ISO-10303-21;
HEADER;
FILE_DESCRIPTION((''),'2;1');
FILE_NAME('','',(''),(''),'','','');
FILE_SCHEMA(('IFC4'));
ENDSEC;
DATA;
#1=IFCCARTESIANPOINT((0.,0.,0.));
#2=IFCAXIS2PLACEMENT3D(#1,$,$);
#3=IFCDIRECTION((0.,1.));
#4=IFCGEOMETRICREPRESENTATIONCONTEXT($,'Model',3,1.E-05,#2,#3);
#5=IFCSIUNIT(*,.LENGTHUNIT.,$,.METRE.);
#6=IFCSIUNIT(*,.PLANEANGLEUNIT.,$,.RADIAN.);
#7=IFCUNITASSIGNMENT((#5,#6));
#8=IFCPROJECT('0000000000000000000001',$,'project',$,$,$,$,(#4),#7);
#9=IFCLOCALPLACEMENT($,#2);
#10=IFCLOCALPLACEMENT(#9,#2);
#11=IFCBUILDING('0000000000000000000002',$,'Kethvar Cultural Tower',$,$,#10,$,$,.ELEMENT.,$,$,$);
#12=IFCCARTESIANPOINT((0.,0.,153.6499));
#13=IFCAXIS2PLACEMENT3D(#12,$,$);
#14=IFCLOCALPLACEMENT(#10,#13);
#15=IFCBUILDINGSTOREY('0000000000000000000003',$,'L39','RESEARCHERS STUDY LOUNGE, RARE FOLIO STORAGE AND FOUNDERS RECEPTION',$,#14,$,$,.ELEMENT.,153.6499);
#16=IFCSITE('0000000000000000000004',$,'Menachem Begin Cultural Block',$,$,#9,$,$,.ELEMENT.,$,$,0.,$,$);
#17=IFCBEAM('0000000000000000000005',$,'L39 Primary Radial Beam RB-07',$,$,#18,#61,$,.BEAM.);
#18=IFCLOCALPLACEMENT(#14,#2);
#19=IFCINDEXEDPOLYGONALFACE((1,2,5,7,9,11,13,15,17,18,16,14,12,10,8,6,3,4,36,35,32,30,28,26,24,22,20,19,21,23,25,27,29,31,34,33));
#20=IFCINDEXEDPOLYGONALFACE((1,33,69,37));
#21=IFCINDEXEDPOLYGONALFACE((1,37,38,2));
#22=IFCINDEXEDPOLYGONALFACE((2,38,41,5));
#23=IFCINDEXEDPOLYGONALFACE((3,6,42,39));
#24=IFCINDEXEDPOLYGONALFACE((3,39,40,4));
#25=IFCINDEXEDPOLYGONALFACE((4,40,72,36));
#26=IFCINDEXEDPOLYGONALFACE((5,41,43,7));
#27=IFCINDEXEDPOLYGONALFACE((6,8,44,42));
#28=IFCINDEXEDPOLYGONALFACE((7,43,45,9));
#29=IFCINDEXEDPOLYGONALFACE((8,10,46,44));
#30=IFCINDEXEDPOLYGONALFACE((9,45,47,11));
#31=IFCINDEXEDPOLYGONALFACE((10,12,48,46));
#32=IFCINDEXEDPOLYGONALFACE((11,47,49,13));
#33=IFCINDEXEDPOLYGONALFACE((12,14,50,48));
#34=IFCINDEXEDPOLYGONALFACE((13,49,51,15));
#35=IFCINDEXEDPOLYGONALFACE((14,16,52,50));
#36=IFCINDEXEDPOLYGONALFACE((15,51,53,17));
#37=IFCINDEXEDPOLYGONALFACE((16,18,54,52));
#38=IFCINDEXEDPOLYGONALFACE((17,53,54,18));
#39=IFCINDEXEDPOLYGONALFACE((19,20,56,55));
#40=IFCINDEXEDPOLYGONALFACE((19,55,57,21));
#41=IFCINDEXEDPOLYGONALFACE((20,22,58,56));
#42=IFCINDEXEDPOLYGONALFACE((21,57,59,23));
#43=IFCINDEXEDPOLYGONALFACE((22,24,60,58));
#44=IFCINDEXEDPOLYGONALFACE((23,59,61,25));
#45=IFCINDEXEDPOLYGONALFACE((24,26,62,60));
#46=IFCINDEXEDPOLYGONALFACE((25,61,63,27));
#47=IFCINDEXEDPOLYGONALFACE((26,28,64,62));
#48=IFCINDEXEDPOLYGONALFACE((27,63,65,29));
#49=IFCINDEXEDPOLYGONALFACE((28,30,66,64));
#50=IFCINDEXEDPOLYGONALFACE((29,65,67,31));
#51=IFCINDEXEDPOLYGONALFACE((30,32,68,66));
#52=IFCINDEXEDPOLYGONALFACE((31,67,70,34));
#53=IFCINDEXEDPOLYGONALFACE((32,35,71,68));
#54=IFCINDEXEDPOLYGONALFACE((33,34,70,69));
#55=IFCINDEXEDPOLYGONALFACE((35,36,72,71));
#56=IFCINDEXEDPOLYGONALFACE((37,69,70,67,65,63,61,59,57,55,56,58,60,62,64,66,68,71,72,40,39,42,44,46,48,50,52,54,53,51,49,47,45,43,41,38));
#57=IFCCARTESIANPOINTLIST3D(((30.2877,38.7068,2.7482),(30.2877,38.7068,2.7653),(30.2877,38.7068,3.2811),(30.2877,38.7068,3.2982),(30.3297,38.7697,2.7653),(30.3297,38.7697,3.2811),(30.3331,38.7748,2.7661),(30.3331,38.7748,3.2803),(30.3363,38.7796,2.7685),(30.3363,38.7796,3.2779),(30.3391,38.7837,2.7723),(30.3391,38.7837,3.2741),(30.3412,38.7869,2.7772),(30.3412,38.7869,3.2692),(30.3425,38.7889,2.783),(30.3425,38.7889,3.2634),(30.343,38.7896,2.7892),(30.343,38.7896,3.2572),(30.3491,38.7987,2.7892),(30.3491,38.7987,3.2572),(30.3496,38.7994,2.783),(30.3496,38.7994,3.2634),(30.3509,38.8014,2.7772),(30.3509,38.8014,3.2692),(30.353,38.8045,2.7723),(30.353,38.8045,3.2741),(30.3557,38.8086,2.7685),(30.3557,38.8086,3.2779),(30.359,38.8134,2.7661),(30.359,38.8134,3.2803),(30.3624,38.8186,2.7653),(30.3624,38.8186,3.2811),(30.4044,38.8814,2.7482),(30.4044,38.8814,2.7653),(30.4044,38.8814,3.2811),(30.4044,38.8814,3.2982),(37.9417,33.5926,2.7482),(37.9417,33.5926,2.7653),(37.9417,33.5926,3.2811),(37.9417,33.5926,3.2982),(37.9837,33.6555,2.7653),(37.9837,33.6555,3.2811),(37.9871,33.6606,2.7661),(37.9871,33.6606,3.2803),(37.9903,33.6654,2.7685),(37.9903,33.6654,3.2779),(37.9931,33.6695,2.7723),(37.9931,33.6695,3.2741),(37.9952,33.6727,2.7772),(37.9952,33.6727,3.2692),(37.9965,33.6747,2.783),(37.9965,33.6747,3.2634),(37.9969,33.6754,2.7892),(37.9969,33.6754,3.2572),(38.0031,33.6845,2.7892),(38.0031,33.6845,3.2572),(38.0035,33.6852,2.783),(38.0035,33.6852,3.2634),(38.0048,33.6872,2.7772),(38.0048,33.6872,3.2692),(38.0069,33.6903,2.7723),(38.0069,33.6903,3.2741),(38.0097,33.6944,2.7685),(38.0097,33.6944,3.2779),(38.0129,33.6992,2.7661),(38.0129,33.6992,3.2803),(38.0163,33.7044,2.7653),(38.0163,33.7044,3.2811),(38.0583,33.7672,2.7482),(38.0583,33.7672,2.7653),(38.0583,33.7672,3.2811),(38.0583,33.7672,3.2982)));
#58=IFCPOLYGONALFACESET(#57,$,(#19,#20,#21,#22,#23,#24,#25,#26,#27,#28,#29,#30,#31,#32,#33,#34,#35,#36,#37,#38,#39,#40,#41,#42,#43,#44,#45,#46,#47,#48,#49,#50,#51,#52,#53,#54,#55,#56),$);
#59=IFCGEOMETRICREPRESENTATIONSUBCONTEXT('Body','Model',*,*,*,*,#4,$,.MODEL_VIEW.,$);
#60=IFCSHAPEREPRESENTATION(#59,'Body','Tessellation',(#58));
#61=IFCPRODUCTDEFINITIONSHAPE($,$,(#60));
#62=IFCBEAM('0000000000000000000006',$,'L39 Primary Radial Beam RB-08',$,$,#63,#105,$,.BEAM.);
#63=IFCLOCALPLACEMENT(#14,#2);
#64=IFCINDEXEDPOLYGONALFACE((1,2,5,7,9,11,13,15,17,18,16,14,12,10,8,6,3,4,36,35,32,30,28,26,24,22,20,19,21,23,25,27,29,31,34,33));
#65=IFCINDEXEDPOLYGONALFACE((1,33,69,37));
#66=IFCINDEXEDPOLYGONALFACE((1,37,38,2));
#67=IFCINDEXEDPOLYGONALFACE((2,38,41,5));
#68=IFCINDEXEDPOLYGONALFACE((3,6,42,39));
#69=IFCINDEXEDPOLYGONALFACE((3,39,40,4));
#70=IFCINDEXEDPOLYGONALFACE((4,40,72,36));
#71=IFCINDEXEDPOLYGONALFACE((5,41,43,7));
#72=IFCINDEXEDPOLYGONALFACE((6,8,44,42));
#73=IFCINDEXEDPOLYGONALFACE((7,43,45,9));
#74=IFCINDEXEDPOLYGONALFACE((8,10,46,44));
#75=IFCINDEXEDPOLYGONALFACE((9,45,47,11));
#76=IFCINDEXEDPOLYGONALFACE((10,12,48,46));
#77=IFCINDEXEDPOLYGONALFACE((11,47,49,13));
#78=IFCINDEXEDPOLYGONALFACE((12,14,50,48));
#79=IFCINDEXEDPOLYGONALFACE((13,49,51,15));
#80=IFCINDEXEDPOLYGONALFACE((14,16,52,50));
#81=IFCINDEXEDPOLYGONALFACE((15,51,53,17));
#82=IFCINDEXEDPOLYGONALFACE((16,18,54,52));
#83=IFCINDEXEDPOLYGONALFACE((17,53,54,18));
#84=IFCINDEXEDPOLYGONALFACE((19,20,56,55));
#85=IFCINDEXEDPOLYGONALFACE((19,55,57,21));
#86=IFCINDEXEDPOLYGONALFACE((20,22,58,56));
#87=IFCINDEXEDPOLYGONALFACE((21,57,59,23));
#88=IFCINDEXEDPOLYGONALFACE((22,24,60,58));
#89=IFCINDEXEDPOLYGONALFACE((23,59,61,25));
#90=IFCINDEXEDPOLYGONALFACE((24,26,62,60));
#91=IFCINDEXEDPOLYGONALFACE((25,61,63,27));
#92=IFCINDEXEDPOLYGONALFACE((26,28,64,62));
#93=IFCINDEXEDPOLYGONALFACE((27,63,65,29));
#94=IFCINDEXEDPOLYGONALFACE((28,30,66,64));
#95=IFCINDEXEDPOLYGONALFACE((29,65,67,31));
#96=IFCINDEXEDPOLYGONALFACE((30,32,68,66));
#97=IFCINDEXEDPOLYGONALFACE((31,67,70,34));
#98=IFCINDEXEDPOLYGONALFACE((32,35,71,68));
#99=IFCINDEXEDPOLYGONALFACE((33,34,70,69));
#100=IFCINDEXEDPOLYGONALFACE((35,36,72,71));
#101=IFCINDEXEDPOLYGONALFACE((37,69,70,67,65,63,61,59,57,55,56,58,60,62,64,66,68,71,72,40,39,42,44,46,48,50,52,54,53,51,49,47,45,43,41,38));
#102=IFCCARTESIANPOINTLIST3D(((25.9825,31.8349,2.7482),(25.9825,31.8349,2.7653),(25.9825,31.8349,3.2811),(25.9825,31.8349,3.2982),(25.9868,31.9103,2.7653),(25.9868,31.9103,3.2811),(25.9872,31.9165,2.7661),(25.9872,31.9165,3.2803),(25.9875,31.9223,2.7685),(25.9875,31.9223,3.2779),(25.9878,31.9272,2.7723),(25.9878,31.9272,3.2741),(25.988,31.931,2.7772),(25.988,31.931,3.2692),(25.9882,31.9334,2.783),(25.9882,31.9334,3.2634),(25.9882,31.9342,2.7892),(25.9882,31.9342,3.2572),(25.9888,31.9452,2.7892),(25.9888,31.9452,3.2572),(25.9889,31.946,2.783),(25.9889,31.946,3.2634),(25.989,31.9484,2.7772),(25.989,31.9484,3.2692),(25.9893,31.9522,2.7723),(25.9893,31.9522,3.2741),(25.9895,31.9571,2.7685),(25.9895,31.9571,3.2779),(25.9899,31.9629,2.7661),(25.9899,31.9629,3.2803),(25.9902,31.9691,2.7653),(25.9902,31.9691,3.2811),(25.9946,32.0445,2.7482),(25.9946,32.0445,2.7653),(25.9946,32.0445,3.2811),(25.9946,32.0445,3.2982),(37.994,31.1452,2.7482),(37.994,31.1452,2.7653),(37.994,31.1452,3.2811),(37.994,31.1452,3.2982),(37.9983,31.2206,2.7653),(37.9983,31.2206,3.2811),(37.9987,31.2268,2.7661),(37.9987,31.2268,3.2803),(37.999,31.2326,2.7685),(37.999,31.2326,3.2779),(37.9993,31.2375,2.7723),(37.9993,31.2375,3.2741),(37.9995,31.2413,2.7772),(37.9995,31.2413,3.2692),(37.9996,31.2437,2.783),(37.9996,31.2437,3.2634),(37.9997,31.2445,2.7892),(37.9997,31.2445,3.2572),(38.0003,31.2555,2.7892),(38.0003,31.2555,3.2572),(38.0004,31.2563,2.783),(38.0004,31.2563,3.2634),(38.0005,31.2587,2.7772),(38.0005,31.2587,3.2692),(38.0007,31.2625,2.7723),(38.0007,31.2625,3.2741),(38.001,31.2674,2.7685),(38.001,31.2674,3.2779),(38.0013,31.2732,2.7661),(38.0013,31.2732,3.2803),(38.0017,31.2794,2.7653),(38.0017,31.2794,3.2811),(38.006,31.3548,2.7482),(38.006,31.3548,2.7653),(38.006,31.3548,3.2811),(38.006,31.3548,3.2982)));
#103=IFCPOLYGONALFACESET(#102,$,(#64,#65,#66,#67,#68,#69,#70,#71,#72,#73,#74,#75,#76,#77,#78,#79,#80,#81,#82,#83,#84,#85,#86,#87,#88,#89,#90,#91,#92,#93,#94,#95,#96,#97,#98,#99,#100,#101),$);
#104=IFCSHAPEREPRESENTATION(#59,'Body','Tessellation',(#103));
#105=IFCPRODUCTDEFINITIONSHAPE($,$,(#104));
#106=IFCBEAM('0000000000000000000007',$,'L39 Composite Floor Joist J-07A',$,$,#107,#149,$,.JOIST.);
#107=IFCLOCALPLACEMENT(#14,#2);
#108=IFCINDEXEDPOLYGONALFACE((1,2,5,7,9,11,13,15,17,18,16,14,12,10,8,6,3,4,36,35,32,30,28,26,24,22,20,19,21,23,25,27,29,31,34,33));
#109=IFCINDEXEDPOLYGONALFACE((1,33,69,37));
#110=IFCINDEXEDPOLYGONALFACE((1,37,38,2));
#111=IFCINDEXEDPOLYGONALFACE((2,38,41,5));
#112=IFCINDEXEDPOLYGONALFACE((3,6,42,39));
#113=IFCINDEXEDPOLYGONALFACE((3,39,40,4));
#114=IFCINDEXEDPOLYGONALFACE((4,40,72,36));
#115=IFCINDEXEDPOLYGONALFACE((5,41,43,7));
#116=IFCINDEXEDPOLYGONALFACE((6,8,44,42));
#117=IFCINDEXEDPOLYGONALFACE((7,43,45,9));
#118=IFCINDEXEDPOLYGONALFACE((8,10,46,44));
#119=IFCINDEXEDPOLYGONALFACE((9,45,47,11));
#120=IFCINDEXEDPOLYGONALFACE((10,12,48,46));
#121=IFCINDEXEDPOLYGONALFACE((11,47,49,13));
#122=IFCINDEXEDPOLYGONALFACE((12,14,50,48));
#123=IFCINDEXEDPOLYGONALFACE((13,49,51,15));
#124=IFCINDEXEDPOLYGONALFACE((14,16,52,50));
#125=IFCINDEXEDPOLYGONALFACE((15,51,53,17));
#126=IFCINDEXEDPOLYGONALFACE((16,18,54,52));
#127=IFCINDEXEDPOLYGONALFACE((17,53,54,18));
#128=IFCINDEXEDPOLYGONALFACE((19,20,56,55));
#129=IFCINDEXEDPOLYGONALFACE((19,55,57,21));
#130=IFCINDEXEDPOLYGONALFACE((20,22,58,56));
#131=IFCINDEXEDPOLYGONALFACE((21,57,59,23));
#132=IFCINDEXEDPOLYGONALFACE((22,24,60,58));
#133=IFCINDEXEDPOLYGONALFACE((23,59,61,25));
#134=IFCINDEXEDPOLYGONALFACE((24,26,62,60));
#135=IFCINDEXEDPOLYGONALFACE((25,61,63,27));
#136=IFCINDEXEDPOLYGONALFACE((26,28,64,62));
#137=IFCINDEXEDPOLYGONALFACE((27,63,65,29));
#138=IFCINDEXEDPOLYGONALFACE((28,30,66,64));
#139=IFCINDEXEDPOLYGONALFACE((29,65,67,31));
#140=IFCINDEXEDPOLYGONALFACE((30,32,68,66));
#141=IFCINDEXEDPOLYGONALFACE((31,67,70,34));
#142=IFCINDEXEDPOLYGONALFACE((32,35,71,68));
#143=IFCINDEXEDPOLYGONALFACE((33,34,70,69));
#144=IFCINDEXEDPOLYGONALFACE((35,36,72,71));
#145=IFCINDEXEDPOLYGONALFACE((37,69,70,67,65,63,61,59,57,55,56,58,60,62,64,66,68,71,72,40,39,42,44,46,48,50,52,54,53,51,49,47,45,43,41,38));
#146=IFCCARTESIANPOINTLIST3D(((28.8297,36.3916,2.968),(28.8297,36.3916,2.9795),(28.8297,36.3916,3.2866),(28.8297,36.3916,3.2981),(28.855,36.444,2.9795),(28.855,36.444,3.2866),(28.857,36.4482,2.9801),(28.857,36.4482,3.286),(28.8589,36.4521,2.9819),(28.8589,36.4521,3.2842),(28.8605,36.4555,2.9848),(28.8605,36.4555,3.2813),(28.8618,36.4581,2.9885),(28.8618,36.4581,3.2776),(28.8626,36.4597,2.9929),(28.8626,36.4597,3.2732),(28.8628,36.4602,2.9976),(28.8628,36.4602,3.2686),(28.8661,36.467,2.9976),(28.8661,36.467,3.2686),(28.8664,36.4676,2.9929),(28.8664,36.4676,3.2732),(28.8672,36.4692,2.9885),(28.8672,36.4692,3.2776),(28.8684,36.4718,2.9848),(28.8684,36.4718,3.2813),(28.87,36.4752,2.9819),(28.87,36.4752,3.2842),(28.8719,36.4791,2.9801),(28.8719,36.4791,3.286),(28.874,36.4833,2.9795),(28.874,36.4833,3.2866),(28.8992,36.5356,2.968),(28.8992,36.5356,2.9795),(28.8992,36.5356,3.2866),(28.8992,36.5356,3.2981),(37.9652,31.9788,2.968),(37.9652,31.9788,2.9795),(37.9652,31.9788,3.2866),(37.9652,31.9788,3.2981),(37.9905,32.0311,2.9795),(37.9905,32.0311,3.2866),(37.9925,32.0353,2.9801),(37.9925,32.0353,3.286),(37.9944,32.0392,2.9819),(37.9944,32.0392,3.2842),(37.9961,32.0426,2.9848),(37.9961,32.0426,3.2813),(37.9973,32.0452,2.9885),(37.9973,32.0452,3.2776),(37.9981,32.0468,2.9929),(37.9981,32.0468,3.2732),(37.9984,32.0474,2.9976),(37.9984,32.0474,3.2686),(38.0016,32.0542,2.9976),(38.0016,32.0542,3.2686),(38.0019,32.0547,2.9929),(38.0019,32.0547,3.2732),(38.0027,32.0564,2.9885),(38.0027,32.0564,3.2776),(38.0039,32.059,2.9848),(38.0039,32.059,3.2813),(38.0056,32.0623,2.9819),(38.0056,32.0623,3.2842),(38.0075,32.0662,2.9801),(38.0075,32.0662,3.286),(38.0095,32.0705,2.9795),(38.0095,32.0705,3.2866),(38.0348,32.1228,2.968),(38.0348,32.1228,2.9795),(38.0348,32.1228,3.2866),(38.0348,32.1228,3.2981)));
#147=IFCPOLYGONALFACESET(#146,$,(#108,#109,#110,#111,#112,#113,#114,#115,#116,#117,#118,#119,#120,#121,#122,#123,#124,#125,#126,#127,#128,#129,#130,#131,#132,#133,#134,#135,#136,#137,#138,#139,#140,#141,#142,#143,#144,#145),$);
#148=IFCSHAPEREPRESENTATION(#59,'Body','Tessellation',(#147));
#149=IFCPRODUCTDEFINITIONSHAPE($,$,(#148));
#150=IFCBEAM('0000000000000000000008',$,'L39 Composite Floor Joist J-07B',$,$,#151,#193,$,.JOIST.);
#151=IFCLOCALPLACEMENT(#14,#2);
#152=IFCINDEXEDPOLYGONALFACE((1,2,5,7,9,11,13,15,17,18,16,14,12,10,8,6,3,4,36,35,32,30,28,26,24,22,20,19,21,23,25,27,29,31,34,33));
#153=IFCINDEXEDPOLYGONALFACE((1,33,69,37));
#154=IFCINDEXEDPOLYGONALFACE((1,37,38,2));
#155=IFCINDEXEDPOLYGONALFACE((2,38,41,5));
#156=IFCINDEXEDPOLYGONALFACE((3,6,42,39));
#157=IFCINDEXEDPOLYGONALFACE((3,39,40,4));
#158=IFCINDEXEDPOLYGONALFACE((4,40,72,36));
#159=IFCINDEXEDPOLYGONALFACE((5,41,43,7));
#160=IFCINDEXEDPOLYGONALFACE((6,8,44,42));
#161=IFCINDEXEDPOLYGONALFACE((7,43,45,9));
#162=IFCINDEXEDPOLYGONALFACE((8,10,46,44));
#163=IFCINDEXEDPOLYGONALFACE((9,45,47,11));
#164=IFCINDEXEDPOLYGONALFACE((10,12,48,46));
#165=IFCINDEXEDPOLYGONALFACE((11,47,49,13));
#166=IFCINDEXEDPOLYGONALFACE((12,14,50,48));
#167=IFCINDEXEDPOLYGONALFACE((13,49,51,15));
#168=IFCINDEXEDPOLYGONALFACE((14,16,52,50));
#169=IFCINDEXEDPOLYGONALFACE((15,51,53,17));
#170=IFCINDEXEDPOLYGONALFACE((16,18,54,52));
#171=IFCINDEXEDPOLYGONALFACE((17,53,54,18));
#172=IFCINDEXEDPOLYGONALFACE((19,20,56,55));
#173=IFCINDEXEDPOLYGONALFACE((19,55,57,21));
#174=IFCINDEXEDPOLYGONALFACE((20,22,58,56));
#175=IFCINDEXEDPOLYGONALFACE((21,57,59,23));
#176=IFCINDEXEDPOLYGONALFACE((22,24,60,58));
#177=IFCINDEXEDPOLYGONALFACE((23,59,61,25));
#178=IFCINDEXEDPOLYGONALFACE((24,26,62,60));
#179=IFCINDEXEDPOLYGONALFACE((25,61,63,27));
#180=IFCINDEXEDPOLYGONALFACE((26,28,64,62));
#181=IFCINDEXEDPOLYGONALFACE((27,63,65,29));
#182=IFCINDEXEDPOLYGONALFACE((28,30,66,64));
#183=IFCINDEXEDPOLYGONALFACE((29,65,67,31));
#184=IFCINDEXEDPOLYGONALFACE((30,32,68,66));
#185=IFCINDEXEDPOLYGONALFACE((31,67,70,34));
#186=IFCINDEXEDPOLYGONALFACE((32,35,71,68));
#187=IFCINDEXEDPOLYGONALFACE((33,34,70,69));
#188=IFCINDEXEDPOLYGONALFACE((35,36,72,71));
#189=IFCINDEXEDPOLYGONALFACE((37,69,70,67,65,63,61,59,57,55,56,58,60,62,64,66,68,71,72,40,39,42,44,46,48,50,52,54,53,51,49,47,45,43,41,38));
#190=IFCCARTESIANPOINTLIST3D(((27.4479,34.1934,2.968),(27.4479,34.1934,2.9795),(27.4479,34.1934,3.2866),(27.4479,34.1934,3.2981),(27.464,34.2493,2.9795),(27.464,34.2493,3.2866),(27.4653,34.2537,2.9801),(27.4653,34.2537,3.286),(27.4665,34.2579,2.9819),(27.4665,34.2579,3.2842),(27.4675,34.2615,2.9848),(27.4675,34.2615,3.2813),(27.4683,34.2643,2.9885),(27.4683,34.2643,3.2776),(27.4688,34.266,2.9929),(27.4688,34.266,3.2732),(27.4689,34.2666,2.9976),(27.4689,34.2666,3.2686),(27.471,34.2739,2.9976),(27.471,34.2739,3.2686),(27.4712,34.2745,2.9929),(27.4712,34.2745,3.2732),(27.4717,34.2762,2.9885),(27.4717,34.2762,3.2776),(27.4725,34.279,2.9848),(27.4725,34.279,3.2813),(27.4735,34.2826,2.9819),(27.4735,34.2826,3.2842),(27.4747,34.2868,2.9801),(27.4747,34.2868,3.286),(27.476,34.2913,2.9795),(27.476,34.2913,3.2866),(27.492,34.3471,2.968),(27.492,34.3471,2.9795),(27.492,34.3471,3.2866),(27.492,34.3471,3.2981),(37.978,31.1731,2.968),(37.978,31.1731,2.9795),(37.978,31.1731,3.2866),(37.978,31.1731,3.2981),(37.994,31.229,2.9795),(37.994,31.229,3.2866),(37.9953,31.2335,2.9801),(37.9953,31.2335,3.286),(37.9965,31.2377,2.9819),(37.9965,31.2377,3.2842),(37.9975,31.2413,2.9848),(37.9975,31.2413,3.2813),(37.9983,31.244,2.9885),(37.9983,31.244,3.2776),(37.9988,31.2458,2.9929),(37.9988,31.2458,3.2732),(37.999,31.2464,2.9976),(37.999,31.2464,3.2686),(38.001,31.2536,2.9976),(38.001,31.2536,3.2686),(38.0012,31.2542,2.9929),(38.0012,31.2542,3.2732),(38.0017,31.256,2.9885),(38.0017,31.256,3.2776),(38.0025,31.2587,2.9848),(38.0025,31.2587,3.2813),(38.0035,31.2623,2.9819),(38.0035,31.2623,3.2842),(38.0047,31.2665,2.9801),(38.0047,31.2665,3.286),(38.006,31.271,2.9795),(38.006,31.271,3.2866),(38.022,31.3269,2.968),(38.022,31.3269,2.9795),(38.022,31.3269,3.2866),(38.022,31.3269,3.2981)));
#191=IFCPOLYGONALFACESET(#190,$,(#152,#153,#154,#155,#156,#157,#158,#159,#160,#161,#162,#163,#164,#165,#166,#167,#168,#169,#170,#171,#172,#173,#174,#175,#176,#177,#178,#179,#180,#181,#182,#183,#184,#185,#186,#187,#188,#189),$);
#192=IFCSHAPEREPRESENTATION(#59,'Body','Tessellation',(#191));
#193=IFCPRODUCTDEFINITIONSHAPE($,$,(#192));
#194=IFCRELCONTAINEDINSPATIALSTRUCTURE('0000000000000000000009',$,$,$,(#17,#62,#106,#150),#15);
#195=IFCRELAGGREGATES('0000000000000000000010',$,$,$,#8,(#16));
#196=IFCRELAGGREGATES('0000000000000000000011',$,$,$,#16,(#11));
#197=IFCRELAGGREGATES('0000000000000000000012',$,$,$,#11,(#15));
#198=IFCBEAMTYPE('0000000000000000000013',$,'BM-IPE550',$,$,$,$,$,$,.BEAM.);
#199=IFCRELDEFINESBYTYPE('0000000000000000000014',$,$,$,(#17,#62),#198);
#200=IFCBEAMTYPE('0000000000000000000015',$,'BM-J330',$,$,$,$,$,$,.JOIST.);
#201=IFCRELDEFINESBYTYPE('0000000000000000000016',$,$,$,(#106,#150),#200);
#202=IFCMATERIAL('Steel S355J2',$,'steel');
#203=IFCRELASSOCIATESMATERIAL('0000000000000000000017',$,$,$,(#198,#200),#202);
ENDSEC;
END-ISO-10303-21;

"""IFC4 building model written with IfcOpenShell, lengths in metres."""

from ifc_helpers import new_model, si_unit, direction, frame, origin, origin_2d, place, context, subcontext, project, spatial, i_section, extrude, source, transform, mapped, material, material_profile, profile_set, type_object, element, save


model = new_model("IFC4")

# Units and contexts
model_context = context("Model", 3, precision=1e-05, world=origin(), true_north=direction((0.0, 1.0)))
body_context = subcontext(model_context, "Body", "Model", "MODEL_VIEW")
ifc_project = project(units=[si_unit("LENGTHUNIT", "METRE"), si_unit("PLANEANGLEUNIT", "RADIAN")], contexts=[model_context])

# Site, building, storey
site_placement = place(None, origin())
site = spatial("IfcSite", under=ifc_project, at=site_placement, Name="Menachem Begin Cultural Block", CompositionType="ELEMENT", RefElevation=0.0)
building_placement = place(site_placement, origin())
building = spatial("IfcBuilding", under=site, at=building_placement, Name="Kethvar Cultural Tower", CompositionType="ELEMENT")
storey_placement = place(building_placement, frame((0.0, 0.0, 153.6499)))
storey = spatial("IfcBuildingStorey", under=building, at=storey_placement, Name="L39", Description="RESEARCHERS STUDY LOUNGE, RARE FOLIO STORAGE AND FOUNDERS RECEPTION", CompositionType="ELEMENT", Elevation=153.6499)

# Beams
ifc_material_1 = material(Name="Steel S355J2", Category="steel")
ifc_material_profile_1 = material_profile(ifc_material_1, i_section(OverallWidth=0.21, OverallDepth=0.55, WebThickness=0.011, FlangeThickness=0.0171, FilletRadius=0.0239, at=origin_2d()), Name="Steel S355J2 — IPE550")
ifc_profile_set_1 = profile_set([ifc_material_profile_1], Name="Steel S355J2 — IPE550")
beam_type_1 = type_object("IfcBeamType", Name="BM-IPE550", PredefinedType="BEAM", material=ifc_profile_set_1)
shared_shape_1 = source(origin(), body_context, "Body", "SweptSolid", [
    extrude(i_section(OverallWidth=0.21, OverallDepth=0.55, WebThickness=0.011, FlangeThickness=0.0171, FilletRadius=0.0239, at=origin_2d()), origin(), (0.0, 0.0, 1.0), 9.2053),
])
beam_1_placement = place(storey_placement, frame((38.0, 33.6799, 3.0232), z_axis=(-0.83147, 0.555569, 0.0), x_axis=(-0.555569, -0.83147, 0.0)))
element("IfcBeam", 1, at=beam_1_placement, inside=storey, type_object=beam_type_1, Name="L39 Primary Radial Beam RB-07", PredefinedType="BEAM", context=body_context, shape_type="MappedRepresentation", body=[
    mapped(shared_shape_1, transform((0.0, 0.0, 0.0), scale=1.0)),
])
shared_shape_2 = source(origin(), body_context, "Body", "SweptSolid", [
    extrude(i_section(OverallWidth=0.21, OverallDepth=0.55, WebThickness=0.011, FlangeThickness=0.0171, FilletRadius=0.0239, at=origin_2d()), origin(), (0.0, 0.0, 1.0), 12.0312),
])
beam_2_placement = place(storey_placement, frame((38.0, 31.25, 3.0232), z_axis=(-0.998356, 0.057325, 0.0), x_axis=(-0.057325, -0.998356, 0.0)))
element("IfcBeam", 2, at=beam_2_placement, inside=storey, type_object=beam_type_1, Name="L39 Primary Radial Beam RB-08", PredefinedType="BEAM", context=body_context, shape_type="MappedRepresentation", body=[
    mapped(shared_shape_2, transform((0.0, 0.0, 0.0), scale=1.0)),
])
ifc_material_profile_2 = material_profile(ifc_material_1, i_section(OverallWidth=0.1599, OverallDepth=0.3301, WebThickness=0.0076, FlangeThickness=0.0115, FilletRadius=0.0181, at=origin_2d()), Name="Steel S355J2 — IPE330")
ifc_profile_set_2 = profile_set([ifc_material_profile_2], Name="Steel S355J2 — IPE330")
beam_type_2 = type_object("IfcBeamType", Name="BM-J330", PredefinedType="JOIST", material=ifc_profile_set_2)
shared_shape_3 = source(origin(), body_context, "Body", "SweptSolid", [
    extrude(i_section(OverallWidth=0.1599, OverallDepth=0.3301, WebThickness=0.0076, FlangeThickness=0.0115, FilletRadius=0.0181, at=origin_2d()), origin(), (0.0, 0.0, 1.0), 10.1455),
])
beam_3_placement = place(storey_placement, frame((38.0, 32.0508, 3.1331), z_axis=(-0.900451, 0.434957, 0.0), x_axis=(-0.434957, -0.900451, 0.0)))
element("IfcBeam", 3, at=beam_3_placement, inside=storey, type_object=beam_type_2, Name="L39 Composite Floor Joist J-07A", PredefinedType="JOIST", context=body_context, shape_type="MappedRepresentation", body=[
    mapped(shared_shape_3, transform((0.0, 0.0, 0.0), scale=1.0)),
])
shared_shape_4 = source(origin(), body_context, "Body", "SweptSolid", [
    extrude(i_section(OverallWidth=0.1599, OverallDepth=0.3301, WebThickness=0.0076, FlangeThickness=0.0115, FilletRadius=0.0181, at=origin_2d()), origin(), (0.0, 0.0, 1.0), 10.9546),
])
beam_4_placement = place(storey_placement, frame((38.0, 31.25, 3.1331), z_axis=(-0.961242, 0.275707, 0.0), x_axis=(-0.275707, -0.961242, 0.0)))
element("IfcBeam", 4, at=beam_4_placement, inside=storey, type_object=beam_type_2, Name="L39 Composite Floor Joist J-07B", PredefinedType="JOIST", context=body_context, shape_type="MappedRepresentation", body=[
    mapped(shared_shape_4, transform((0.0, 0.0, 0.0), scale=1.0)),
])

save(model, "model.ifc")
